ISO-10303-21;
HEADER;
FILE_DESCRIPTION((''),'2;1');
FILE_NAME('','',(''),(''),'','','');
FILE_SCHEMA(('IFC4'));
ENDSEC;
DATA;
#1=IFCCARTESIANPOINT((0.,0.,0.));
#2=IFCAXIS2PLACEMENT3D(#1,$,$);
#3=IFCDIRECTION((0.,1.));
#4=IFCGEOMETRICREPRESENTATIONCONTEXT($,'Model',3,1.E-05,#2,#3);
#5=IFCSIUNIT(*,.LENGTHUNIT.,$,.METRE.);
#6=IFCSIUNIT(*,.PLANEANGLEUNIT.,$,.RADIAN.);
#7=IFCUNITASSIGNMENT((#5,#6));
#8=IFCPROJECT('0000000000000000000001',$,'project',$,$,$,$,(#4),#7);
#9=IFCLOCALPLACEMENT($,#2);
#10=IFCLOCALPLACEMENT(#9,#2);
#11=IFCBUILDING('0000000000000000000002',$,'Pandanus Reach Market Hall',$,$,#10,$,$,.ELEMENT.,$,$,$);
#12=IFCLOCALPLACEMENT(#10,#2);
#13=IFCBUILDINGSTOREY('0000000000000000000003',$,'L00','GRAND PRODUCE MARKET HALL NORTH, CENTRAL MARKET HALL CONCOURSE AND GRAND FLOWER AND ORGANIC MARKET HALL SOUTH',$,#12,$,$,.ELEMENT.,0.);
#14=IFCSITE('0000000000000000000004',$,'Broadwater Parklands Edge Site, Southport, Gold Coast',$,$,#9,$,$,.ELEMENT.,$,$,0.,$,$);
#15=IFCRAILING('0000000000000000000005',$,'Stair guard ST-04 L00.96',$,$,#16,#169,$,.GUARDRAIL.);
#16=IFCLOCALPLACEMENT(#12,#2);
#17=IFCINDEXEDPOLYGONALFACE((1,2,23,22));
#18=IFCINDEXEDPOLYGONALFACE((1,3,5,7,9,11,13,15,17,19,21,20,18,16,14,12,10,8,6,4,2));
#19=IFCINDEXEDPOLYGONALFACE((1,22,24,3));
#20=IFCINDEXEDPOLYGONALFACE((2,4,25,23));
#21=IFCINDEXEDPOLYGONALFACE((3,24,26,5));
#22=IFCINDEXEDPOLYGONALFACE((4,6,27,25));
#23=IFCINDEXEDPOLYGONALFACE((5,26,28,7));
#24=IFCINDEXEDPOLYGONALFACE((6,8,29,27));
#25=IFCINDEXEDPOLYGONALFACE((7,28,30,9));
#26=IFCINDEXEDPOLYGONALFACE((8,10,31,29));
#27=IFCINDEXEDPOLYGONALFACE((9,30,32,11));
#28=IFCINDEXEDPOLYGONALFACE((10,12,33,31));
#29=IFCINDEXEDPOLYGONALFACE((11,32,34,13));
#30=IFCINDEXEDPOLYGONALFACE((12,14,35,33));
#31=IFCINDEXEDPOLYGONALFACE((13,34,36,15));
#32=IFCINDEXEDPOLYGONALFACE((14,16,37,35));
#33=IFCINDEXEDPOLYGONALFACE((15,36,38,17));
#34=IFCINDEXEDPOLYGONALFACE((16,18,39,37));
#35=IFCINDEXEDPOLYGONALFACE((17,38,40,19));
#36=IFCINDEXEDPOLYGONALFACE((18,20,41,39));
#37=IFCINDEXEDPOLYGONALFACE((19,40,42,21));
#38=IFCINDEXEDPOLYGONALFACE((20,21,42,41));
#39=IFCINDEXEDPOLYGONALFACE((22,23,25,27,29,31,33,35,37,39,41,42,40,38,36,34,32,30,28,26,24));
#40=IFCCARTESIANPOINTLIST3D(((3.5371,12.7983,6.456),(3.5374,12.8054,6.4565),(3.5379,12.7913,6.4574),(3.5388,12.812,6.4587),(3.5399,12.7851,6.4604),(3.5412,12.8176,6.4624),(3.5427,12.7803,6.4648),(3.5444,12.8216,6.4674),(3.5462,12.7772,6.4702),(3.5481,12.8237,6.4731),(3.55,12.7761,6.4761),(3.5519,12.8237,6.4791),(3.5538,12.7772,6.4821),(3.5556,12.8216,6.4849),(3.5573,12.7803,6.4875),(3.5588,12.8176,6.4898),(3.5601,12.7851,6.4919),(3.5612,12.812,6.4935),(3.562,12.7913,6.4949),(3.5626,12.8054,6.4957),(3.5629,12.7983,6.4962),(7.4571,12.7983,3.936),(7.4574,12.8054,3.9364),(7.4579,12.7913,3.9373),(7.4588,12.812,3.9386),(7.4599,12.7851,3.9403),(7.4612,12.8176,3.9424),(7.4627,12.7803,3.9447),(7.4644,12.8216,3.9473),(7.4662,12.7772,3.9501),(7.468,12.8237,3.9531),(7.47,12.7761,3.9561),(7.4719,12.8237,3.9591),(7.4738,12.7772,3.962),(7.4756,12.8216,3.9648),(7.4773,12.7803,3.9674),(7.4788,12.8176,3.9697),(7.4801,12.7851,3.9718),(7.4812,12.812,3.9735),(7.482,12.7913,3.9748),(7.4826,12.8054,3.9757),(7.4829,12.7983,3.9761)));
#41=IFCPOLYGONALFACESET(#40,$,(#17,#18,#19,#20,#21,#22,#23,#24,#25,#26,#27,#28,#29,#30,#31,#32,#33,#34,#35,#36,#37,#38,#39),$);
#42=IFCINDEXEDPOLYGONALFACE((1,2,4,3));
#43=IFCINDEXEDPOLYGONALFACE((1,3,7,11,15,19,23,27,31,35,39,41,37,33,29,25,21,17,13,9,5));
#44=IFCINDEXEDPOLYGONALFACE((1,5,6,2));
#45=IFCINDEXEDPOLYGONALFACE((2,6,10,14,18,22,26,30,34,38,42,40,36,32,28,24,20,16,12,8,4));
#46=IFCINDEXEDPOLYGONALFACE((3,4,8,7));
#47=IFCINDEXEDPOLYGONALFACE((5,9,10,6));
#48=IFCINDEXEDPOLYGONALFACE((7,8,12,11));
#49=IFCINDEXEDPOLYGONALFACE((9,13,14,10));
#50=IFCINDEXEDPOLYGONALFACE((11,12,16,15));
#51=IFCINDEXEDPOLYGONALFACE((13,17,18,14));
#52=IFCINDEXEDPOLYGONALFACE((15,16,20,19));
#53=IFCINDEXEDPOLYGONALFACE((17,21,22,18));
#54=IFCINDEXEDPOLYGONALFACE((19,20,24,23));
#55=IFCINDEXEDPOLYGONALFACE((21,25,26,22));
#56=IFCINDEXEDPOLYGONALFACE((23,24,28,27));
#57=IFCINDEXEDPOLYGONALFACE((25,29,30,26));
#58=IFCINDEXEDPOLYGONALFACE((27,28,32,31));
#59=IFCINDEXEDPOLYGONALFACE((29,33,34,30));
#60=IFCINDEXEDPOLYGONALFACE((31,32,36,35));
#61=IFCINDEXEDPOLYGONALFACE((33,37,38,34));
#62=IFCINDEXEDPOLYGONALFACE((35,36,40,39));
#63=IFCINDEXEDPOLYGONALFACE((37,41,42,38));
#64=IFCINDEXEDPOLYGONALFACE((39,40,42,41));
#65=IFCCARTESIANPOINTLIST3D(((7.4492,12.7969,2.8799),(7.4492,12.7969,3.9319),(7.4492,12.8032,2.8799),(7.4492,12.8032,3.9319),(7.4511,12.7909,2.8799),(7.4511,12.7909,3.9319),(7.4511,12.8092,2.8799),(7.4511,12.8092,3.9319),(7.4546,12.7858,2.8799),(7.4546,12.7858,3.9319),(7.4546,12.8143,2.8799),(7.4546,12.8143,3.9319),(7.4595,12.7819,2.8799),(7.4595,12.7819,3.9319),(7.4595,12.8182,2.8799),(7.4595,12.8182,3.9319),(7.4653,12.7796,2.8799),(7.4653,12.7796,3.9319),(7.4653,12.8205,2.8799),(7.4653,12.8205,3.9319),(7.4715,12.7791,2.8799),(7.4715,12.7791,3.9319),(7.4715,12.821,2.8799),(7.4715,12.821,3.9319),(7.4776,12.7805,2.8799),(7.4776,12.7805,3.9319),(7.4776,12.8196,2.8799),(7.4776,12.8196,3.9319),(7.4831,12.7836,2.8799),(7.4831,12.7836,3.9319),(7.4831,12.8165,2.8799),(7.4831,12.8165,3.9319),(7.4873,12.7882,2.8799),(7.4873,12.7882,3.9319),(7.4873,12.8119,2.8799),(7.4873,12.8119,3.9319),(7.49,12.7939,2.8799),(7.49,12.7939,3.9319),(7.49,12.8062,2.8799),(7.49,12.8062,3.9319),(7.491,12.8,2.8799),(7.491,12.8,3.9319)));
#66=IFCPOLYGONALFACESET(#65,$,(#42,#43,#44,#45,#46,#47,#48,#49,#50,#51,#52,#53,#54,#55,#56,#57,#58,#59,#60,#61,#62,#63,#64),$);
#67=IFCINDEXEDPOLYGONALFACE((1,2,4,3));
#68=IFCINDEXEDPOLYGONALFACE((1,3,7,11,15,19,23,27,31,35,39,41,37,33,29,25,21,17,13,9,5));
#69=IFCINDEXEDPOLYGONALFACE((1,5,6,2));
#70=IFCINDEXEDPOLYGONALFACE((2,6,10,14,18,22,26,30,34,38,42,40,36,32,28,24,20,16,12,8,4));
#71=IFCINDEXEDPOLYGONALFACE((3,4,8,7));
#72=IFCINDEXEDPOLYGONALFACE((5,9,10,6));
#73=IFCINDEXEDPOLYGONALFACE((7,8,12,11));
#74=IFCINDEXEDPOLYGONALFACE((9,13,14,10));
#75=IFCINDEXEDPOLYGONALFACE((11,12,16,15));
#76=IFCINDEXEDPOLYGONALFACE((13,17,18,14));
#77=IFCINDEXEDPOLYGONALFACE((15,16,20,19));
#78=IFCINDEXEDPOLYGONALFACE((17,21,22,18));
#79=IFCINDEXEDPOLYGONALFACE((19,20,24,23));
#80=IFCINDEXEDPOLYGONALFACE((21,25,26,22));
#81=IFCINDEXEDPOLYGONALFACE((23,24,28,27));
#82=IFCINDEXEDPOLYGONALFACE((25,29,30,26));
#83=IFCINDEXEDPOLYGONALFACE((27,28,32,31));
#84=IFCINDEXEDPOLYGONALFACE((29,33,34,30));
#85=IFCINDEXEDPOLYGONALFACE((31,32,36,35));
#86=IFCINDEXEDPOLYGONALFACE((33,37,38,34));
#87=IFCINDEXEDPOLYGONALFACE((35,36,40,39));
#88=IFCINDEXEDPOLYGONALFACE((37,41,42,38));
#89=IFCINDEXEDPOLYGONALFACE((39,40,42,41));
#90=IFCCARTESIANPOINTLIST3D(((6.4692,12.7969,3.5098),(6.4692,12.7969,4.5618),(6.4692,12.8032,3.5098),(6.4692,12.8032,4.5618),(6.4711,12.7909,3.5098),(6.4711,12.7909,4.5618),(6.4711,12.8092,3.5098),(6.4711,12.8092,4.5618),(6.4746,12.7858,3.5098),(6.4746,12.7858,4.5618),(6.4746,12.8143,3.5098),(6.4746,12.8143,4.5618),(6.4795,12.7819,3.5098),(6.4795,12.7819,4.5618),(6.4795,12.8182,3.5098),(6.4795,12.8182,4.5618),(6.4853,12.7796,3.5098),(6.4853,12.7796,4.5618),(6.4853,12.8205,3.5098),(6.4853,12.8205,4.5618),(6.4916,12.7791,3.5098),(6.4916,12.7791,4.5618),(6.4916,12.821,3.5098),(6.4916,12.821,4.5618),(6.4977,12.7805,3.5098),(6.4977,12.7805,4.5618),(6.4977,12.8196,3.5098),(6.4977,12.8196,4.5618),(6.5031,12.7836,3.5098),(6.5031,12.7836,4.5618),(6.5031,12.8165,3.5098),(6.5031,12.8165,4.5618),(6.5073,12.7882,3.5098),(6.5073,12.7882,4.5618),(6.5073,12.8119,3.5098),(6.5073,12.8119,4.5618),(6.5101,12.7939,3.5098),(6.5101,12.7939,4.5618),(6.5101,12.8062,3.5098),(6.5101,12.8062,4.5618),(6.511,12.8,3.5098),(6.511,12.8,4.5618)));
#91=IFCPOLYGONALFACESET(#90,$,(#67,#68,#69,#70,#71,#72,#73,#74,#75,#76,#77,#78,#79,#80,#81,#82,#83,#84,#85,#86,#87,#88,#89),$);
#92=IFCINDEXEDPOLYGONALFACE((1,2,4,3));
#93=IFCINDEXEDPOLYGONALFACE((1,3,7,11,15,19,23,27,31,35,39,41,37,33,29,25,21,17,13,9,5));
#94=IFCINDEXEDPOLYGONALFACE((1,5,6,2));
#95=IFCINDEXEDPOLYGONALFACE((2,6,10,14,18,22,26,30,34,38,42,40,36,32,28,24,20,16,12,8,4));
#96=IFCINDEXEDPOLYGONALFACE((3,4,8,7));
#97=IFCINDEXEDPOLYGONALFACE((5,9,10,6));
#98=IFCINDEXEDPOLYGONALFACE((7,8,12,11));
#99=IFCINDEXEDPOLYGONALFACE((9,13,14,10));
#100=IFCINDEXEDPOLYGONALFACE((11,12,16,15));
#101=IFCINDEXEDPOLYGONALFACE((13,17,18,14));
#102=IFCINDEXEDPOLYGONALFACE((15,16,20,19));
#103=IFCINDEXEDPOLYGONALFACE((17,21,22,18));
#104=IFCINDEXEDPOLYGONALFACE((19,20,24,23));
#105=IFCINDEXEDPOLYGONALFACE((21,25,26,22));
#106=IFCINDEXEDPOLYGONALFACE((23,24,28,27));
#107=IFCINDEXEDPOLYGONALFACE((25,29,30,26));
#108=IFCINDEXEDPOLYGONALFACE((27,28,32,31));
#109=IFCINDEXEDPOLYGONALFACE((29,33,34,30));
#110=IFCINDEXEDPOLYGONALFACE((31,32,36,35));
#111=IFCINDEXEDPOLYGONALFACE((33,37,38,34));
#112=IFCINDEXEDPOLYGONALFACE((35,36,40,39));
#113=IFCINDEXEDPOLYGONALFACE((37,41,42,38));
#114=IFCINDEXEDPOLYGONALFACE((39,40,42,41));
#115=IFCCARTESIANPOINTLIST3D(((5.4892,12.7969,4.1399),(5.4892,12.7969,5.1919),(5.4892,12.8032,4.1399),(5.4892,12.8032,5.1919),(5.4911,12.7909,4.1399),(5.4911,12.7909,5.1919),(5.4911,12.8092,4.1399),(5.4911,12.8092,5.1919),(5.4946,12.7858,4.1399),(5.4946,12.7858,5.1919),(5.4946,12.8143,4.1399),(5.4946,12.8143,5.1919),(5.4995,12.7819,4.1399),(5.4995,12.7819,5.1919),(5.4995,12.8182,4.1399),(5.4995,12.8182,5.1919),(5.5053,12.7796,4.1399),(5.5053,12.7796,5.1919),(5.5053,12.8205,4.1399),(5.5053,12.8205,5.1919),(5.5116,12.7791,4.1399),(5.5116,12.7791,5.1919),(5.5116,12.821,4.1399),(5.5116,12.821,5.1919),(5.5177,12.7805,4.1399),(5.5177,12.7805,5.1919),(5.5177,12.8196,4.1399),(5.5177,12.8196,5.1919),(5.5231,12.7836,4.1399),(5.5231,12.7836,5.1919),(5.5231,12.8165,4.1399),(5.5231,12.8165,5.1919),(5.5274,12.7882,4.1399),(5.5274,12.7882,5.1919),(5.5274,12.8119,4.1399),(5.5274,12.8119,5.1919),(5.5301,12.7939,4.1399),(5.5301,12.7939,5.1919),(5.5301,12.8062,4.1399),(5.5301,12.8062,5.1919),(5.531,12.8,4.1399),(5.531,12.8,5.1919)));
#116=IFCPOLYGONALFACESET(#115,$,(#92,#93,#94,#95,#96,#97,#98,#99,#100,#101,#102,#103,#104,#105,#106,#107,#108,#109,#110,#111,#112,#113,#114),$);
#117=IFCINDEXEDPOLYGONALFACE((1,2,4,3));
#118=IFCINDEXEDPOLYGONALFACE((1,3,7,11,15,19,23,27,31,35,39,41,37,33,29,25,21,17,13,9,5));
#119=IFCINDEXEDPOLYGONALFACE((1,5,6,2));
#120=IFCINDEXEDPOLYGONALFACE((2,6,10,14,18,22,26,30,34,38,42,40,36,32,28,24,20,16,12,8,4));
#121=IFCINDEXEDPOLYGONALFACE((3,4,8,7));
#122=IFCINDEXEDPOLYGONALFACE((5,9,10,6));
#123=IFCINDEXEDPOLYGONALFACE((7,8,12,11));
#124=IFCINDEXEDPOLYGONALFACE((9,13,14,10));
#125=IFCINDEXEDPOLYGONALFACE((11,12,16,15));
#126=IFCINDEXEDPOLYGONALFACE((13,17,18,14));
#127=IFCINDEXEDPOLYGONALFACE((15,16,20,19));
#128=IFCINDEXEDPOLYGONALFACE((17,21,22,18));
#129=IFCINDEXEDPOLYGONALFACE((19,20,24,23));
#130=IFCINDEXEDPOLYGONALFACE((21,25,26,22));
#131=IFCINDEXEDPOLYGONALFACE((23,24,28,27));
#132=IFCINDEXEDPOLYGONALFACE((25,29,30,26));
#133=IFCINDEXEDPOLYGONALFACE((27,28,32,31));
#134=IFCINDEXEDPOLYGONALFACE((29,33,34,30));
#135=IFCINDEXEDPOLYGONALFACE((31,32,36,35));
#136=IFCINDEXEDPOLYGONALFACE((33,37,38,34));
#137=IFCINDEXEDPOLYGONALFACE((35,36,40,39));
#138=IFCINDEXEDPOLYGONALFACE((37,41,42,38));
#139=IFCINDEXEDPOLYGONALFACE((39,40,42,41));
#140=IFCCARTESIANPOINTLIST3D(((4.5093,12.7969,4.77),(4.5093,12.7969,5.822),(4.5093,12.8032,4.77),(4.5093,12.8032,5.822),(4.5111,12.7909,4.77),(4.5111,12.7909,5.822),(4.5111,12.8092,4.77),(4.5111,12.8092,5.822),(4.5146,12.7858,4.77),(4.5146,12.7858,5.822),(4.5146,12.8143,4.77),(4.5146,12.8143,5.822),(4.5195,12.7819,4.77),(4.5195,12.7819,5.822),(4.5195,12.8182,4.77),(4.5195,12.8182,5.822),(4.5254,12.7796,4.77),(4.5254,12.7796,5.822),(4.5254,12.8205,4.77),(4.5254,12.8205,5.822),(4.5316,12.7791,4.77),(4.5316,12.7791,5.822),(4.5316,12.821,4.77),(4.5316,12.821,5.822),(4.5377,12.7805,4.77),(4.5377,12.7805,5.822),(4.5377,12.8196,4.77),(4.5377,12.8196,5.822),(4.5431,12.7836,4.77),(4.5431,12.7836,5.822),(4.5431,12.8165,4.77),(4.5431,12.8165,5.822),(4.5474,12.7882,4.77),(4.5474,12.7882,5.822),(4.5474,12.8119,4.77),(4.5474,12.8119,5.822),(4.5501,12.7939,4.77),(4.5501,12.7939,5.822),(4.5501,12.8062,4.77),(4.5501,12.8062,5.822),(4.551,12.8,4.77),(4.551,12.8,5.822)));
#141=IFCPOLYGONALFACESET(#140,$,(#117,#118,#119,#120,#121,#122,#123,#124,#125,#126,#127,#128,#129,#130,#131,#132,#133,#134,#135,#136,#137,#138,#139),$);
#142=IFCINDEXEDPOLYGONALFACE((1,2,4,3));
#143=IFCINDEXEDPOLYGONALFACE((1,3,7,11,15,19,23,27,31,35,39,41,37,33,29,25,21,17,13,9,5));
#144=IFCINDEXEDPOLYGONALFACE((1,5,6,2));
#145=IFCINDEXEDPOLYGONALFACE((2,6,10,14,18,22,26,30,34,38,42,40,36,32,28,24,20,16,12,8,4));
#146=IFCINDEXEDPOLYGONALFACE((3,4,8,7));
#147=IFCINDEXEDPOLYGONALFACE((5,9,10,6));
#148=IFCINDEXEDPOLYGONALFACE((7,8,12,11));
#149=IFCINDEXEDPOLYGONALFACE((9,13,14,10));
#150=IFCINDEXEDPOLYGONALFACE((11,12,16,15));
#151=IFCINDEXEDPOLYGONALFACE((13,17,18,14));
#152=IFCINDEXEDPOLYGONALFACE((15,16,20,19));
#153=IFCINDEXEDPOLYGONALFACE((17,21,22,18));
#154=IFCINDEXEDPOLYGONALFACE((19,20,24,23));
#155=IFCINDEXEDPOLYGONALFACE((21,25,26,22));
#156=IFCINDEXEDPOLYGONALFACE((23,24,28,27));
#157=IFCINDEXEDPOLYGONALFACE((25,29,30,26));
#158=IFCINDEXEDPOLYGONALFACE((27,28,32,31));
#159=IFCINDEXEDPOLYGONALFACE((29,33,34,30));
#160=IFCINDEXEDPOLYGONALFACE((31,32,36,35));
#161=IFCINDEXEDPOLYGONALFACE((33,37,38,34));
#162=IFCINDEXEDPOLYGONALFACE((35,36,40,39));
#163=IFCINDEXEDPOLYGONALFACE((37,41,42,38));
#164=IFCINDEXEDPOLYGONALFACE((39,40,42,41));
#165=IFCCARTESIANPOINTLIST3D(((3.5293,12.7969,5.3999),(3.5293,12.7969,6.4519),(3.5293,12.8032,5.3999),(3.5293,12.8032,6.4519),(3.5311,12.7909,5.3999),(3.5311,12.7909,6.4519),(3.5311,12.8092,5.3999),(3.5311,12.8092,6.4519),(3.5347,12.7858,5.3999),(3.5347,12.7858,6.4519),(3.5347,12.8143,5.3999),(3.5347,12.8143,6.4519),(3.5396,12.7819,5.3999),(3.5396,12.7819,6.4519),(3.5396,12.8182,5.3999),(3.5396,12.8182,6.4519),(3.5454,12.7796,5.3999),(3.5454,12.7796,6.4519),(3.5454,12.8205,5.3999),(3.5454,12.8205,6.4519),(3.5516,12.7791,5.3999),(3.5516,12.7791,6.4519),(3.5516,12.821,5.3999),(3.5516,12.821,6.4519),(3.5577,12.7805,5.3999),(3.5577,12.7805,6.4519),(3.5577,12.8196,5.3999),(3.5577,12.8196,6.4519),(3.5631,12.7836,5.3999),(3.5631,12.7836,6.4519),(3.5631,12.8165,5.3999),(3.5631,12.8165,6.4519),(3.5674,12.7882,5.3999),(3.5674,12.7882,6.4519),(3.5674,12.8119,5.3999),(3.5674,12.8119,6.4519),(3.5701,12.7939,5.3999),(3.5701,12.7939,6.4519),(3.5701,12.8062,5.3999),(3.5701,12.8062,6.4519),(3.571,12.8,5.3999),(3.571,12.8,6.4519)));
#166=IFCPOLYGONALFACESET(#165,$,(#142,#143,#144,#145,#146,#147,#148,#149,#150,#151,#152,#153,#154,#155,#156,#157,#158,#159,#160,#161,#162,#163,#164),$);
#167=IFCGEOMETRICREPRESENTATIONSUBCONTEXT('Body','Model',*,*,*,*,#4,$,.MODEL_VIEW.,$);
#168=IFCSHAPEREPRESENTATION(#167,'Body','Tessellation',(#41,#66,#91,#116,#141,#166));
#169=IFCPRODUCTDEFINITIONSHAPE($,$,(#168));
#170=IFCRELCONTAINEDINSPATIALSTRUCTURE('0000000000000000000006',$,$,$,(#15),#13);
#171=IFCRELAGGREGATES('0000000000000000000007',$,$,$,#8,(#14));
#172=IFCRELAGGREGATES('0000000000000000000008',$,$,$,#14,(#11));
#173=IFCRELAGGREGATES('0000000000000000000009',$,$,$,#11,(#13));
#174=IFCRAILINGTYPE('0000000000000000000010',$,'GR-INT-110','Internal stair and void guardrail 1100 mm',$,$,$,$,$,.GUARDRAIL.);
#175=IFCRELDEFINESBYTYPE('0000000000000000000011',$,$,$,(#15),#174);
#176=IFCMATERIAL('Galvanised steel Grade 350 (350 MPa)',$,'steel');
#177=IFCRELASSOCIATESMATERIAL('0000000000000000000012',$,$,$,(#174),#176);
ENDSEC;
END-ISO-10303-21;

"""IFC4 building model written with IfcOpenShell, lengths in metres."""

from ifc_helpers import new_model, si_unit, direction, frame, origin, origin_2d, place, context, subcontext, project, spatial, circle, extrude, material, type_object, element, save


model = new_model("IFC4")

# Units and contexts
model_context = context("Model", 3, precision=1e-05, world=origin(), true_north=direction((0.0, 1.0)))
body_context = subcontext(model_context, "Body", "Model", "MODEL_VIEW")
ifc_project = project(units=[si_unit("LENGTHUNIT", "METRE"), si_unit("PLANEANGLEUNIT", "RADIAN")], contexts=[model_context])

# Site, building, storey
site_placement = place(None, origin())
site = spatial("IfcSite", under=ifc_project, at=site_placement, Name="Broadwater Parklands Edge Site, Southport, Gold Coast", CompositionType="ELEMENT", RefElevation=0.0)
building_placement = place(site_placement, origin())
building = spatial("IfcBuilding", under=site, at=building_placement, Name="Pandanus Reach Market Hall", CompositionType="ELEMENT")
storey_placement = place(building_placement, origin())
storey = spatial("IfcBuildingStorey", under=building, at=storey_placement, Name="L00", Description="GRAND PRODUCE MARKET HALL NORTH, CENTRAL MARKET HALL CONCOURSE AND GRAND FLOWER AND ORGANIC MARKET HALL SOUTH", CompositionType="ELEMENT", Elevation=0.0)

# Railing
ifc_material_1 = material(Name="Galvanised steel Grade 350 (350 MPa)", Category="steel")
railing_type_1 = type_object("IfcRailingType", Name="GR-INT-110", Description="Internal stair and void guardrail 1100 mm", PredefinedType="GUARDRAIL", material=ifc_material_1)
railing_1_placement = place(storey_placement, frame((7.47, 12.8, 2.8799)))
element("IfcRailing", 1, at=railing_1_placement, inside=storey, type_object=railing_type_1, Name="Stair guard ST-04 L00.96", PredefinedType="GUARDRAIL", context=body_context, shape_type="SweptSolid", body=[
    extrude(circle(Radius=0.0239, at=origin_2d()), frame((0.0, 0.0, 1.0762), z_axis=(-0.841172, 0.0, 0.540768), x_axis=(0.0, -1.0, 0.0)), (0.0, 0.0, 1.0), 4.6602),
    extrude(circle(Radius=0.021, at=origin_2d()), origin(), (0.0, 0.0, 1.0), 1.052),
    extrude(circle(Radius=0.021, at=origin_2d()), frame((-0.98, 0.0, 0.6299)), (0.0, 0.0, 1.0), 1.052),
    extrude(circle(Radius=0.021, at=origin_2d()), frame((-1.96, 0.0, 1.26)), (0.0, 0.0, 1.0), 1.052),
    extrude(circle(Radius=0.021, at=origin_2d()), frame((-2.9399, 0.0, 1.8901)), (0.0, 0.0, 1.0), 1.052),
    extrude(circle(Radius=0.021, at=origin_2d()), frame((-3.9199, 0.0, 2.52)), (0.0, 0.0, 1.0), 1.052),
])

save(model, "model.ifc")
